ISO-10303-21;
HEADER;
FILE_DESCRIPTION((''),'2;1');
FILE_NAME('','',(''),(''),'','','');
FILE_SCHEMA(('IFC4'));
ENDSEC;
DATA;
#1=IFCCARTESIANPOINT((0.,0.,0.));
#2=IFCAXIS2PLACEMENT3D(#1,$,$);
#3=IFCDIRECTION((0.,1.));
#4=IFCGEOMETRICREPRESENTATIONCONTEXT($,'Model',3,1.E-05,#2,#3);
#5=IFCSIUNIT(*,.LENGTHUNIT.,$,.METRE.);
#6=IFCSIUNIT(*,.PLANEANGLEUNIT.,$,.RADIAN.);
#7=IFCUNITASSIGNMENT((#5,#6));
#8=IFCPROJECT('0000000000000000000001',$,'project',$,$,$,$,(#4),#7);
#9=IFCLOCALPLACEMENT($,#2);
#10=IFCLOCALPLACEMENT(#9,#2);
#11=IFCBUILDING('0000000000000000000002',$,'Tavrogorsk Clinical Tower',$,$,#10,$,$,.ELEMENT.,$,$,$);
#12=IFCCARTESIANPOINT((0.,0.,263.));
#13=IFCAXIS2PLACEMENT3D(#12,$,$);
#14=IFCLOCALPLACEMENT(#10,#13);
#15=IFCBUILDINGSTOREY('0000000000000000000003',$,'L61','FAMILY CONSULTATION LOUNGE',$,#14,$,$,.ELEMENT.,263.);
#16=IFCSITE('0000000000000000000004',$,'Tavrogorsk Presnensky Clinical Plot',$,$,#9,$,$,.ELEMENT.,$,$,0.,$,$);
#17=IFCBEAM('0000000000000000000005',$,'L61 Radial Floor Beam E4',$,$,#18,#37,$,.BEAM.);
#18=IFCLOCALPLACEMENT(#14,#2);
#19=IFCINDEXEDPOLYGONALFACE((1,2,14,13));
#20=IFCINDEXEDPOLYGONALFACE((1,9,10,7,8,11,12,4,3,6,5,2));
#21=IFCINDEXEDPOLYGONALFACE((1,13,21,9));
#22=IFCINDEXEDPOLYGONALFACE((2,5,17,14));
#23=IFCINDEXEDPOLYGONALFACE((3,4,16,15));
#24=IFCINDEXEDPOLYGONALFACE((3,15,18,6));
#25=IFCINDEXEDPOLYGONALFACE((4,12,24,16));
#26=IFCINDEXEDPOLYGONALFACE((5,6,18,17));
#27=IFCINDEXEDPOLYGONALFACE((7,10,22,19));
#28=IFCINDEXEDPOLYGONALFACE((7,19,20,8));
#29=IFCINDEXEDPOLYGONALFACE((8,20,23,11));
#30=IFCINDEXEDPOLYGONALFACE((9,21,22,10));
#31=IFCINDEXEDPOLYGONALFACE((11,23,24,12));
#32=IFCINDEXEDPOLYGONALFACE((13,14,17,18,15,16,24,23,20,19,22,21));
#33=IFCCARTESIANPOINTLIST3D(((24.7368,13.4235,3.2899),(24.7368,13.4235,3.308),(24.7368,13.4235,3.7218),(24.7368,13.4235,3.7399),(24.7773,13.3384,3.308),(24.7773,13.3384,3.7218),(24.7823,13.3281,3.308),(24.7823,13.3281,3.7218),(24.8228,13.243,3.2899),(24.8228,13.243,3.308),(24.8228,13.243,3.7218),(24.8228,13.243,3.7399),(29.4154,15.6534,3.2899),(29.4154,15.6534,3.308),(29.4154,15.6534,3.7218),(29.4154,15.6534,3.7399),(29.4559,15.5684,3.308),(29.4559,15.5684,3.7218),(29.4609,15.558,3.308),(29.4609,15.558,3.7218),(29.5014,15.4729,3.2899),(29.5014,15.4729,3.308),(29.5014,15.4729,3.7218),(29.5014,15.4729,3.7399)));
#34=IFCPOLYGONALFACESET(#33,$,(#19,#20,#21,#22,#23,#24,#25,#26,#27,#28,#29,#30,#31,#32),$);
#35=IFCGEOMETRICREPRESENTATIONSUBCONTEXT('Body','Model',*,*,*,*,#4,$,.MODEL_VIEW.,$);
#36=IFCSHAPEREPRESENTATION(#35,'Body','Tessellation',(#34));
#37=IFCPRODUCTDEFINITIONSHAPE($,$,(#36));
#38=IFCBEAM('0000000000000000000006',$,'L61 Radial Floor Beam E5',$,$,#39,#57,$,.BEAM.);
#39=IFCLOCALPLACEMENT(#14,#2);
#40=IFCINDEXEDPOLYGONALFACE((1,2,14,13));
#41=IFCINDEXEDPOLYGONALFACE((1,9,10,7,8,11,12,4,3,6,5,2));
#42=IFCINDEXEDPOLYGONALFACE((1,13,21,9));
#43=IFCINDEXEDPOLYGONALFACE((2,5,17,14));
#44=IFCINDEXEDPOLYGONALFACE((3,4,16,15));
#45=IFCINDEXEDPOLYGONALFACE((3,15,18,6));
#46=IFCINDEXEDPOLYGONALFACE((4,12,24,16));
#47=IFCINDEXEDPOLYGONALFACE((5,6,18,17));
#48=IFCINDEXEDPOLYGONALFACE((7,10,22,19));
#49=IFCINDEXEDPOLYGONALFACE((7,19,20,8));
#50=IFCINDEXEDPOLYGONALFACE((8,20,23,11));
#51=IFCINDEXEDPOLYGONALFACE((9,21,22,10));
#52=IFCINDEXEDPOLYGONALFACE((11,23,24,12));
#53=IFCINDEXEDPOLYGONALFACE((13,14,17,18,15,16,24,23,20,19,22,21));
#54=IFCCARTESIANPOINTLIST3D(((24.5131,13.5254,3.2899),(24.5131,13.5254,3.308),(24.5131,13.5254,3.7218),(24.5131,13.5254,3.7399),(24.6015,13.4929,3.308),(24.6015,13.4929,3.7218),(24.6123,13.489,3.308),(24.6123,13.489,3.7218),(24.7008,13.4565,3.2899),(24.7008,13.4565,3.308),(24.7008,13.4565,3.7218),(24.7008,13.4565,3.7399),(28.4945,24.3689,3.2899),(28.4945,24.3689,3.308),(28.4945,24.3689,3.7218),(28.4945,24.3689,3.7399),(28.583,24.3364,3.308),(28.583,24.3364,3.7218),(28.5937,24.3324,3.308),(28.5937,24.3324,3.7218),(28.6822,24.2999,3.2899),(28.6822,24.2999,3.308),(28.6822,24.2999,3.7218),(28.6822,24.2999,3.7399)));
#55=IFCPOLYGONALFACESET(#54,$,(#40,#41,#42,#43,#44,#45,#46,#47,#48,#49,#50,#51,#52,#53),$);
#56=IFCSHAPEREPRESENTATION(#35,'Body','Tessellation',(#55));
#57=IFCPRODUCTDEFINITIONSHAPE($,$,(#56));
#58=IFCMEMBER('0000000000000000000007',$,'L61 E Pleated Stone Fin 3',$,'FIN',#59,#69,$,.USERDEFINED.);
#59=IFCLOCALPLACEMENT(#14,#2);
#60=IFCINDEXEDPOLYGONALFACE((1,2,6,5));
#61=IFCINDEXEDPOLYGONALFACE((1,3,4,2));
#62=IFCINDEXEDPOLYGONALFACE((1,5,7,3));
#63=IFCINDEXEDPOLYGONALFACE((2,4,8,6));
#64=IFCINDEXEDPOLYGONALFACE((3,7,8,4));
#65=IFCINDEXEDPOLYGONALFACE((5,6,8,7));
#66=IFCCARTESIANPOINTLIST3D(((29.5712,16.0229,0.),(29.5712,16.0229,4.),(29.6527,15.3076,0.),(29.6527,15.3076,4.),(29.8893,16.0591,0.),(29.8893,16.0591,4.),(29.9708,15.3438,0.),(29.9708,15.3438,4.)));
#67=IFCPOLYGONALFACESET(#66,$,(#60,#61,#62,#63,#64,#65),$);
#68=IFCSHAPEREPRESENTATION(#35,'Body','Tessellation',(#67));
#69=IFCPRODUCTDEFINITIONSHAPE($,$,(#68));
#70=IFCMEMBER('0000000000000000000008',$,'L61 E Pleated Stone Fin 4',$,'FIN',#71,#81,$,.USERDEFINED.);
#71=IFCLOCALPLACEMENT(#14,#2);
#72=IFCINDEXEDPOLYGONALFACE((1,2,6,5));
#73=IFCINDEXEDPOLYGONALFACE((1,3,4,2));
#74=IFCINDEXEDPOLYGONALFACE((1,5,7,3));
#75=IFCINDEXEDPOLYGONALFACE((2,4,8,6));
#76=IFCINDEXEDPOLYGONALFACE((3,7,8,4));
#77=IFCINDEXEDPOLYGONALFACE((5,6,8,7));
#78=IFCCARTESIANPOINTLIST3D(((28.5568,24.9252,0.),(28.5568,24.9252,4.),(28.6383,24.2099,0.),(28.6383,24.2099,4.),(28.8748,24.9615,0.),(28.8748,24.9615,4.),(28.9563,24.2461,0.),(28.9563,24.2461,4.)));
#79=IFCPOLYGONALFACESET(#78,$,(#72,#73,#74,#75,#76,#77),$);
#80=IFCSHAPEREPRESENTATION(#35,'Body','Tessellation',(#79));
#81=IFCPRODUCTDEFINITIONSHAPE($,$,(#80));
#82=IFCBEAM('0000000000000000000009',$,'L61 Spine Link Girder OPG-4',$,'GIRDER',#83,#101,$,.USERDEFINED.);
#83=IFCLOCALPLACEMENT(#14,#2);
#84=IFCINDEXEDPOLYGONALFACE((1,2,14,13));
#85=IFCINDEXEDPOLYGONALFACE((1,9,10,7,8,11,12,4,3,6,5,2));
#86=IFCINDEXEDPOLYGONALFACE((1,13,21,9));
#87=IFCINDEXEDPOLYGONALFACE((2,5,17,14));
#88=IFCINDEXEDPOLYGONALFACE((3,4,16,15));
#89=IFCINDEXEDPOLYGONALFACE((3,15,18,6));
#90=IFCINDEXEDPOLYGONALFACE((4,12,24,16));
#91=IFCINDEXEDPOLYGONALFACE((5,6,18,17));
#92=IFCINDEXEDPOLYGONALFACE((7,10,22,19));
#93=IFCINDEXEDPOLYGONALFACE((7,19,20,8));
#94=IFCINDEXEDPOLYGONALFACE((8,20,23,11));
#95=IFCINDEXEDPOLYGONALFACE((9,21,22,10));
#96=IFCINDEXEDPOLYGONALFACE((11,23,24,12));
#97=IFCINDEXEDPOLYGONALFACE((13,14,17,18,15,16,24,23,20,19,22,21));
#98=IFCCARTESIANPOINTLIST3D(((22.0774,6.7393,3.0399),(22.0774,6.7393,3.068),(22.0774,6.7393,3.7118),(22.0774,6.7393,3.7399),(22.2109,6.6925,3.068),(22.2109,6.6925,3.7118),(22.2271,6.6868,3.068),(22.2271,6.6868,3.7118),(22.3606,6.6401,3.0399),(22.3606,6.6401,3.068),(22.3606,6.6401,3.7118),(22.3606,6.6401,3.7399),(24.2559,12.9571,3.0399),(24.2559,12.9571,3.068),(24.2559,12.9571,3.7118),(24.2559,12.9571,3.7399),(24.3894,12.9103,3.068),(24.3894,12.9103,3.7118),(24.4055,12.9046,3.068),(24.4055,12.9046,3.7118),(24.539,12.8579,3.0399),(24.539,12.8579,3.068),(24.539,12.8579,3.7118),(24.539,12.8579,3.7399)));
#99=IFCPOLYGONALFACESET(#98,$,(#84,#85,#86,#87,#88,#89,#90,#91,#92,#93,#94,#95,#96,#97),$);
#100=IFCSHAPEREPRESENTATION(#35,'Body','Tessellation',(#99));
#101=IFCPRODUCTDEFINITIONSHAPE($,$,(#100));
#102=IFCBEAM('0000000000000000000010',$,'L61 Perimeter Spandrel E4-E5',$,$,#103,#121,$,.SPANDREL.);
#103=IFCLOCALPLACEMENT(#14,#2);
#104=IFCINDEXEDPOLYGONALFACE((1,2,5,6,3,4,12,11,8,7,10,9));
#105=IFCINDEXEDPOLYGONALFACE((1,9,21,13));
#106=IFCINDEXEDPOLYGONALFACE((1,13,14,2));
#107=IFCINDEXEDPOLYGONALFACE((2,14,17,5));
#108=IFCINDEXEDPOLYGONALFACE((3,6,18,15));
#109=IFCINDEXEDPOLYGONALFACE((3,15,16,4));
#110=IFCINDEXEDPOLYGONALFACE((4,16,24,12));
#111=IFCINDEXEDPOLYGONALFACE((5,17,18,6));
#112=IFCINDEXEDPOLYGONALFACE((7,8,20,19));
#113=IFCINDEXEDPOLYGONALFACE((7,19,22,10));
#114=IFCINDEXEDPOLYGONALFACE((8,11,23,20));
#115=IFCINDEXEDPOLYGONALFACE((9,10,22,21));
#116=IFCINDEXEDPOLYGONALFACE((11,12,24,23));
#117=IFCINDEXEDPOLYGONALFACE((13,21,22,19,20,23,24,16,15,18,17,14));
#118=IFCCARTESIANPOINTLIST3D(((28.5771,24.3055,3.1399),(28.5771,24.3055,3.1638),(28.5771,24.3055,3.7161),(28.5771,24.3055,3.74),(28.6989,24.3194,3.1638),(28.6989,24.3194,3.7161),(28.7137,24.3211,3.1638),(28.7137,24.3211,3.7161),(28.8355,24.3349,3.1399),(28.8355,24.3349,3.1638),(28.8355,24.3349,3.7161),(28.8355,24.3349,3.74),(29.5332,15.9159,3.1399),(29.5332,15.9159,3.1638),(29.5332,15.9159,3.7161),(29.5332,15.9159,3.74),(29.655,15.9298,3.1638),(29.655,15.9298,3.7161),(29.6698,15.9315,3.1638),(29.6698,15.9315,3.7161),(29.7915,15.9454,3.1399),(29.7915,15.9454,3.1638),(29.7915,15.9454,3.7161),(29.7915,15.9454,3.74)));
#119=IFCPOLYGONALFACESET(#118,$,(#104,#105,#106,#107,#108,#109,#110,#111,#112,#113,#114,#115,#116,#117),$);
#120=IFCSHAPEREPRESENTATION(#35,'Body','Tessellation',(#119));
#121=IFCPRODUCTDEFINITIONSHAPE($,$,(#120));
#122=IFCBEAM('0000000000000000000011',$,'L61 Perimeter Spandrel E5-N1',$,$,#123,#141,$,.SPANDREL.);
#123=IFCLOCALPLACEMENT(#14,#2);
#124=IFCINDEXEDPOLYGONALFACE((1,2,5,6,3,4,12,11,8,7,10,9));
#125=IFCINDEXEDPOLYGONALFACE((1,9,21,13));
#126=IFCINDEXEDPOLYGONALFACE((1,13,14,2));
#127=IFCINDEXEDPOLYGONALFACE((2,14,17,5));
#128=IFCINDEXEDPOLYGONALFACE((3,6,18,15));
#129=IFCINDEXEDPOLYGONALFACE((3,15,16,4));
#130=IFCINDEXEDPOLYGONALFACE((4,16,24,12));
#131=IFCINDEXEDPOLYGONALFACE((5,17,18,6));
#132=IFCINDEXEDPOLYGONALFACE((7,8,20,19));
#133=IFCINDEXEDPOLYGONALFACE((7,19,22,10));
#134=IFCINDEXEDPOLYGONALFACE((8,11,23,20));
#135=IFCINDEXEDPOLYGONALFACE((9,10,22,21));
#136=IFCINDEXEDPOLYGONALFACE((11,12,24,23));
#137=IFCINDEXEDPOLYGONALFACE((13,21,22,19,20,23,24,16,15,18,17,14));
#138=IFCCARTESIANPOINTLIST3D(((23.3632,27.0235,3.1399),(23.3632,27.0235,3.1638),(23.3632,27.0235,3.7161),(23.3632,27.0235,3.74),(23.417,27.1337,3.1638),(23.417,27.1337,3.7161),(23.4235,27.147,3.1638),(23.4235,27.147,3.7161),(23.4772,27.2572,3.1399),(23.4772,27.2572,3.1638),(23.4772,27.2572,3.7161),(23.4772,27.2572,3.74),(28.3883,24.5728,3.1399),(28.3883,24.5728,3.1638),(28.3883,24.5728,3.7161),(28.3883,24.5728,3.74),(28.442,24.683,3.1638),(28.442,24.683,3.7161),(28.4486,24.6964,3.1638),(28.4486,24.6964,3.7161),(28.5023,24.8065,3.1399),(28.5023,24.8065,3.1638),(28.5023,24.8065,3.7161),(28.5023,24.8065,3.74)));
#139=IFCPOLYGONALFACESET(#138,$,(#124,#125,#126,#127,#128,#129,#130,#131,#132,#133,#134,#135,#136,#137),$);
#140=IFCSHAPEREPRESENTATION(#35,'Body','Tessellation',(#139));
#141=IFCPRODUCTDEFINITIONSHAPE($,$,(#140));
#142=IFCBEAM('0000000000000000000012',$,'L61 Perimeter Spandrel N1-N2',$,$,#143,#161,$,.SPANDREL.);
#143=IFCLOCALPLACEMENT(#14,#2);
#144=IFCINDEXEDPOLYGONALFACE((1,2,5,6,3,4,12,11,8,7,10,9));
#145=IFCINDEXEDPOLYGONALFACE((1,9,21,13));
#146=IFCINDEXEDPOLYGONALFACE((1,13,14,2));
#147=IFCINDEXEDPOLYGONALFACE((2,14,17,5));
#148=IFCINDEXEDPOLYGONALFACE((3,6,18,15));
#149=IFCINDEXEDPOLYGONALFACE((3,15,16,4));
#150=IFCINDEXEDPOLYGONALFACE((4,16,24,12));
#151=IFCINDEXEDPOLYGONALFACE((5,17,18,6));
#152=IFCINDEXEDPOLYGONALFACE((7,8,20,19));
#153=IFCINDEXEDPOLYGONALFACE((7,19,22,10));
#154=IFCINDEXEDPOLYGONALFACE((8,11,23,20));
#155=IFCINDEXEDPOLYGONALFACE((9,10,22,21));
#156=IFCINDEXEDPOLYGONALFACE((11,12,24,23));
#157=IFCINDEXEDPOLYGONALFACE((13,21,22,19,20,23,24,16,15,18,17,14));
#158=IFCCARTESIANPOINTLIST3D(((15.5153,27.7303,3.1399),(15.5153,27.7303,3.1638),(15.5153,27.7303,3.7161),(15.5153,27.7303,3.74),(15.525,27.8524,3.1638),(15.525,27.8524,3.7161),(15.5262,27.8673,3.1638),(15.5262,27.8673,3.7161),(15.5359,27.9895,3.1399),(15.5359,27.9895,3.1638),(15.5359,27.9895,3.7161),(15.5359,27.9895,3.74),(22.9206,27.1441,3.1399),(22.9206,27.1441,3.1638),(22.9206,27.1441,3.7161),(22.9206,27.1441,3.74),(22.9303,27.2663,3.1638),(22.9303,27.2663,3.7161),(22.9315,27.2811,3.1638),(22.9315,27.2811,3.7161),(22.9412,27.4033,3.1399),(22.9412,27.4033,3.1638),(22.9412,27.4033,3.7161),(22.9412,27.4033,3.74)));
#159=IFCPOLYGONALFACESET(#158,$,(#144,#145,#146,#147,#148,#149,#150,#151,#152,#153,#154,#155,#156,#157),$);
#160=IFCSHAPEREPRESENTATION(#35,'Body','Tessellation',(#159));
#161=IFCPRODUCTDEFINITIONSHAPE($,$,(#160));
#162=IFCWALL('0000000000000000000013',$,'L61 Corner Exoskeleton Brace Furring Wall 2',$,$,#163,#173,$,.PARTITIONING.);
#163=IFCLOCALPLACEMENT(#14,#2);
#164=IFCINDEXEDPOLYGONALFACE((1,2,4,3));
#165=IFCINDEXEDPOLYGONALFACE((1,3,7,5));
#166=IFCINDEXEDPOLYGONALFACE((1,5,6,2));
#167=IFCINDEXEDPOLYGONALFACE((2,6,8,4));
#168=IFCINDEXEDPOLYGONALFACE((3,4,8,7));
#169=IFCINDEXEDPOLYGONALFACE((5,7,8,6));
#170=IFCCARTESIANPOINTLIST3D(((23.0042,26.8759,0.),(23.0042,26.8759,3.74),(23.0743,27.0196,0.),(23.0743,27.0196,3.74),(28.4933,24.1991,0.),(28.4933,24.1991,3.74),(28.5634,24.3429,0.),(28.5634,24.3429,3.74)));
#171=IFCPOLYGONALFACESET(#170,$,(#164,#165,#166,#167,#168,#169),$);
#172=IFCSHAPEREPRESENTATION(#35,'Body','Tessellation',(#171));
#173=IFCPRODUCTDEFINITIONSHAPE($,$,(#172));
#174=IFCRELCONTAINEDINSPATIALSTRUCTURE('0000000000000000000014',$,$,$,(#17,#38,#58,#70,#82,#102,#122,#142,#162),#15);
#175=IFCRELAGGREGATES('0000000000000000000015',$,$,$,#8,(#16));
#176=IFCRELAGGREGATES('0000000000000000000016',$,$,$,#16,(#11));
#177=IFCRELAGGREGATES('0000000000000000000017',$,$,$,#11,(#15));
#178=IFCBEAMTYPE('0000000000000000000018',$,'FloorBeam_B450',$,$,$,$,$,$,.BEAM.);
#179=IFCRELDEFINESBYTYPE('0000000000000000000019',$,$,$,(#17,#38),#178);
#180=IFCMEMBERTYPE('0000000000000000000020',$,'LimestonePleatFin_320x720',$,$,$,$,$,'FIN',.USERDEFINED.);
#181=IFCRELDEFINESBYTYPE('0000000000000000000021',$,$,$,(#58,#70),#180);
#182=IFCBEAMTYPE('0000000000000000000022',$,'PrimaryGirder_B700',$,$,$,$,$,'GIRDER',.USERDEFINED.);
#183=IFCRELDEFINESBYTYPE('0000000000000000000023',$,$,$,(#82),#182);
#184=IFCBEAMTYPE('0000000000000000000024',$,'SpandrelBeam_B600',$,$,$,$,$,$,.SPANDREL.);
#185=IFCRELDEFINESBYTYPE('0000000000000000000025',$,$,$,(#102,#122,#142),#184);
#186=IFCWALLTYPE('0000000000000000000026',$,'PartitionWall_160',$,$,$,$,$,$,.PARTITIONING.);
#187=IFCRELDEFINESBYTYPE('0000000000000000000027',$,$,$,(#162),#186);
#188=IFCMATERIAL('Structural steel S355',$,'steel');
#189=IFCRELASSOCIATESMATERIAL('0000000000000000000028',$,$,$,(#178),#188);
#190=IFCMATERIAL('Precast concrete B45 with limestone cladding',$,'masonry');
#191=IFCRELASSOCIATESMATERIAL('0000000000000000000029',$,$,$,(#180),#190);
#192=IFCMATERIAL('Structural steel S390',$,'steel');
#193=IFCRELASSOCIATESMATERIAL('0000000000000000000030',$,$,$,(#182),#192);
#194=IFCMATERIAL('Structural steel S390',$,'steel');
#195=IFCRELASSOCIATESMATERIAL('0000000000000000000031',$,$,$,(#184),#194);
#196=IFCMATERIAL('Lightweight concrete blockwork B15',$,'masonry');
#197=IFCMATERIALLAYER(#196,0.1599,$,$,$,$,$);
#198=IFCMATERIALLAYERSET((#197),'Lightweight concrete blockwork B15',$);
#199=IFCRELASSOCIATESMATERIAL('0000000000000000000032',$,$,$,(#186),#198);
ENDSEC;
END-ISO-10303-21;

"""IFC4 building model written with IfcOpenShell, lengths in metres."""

from ifc_helpers import new_model, si_unit, direction, frame, frame_2d, origin, origin_2d, place, context, subcontext, project, spatial, rectangle, i_section, extrude, material, layer, layer_set, material_profile, profile_set, type_object, element, save


model = new_model("IFC4")

# Units and contexts
model_context = context("Model", 3, precision=1e-05, world=origin(), true_north=direction((0.0, 1.0)))
body_context = subcontext(model_context, "Body", "Model", "MODEL_VIEW")
ifc_project = project(units=[si_unit("LENGTHUNIT", "METRE"), si_unit("PLANEANGLEUNIT", "RADIAN")], contexts=[model_context])

# Site, building, storey
site_placement = place(None, origin())
site = spatial("IfcSite", under=ifc_project, at=site_placement, Name="Tavrogorsk Presnensky Clinical Plot", CompositionType="ELEMENT", RefElevation=0.0)
building_placement = place(site_placement, origin())
building = spatial("IfcBuilding", under=site, at=building_placement, Name="Tavrogorsk Clinical Tower", CompositionType="ELEMENT")
storey_placement = place(building_placement, frame((0.0, 0.0, 263.0)))
storey = spatial("IfcBuildingStorey", under=building, at=storey_placement, Name="L61", Description="FAMILY CONSULTATION LOUNGE", CompositionType="ELEMENT", Elevation=263.0)

# Beams
ifc_material_1 = material(Name="Structural steel S355", Category="steel")
ifc_material_profile_1 = material_profile(ifc_material_1, i_section(OverallWidth=0.2, OverallDepth=0.45, WebThickness=0.0115, FlangeThickness=0.0181, at=origin_2d()), Name="B-450x200x11.5x18")
ifc_profile_set_1 = profile_set([ifc_material_profile_1], Name="Structural steel S355")
beam_type_1 = type_object("IfcBeamType", Name="FloorBeam_B450", PredefinedType="BEAM", material=ifc_profile_set_1)
beam_1_placement = place(storey_placement, frame((24.7798, 13.3333, 3.5149), z_axis=(0.902709, 0.430252, 0.0), x_axis=(-0.430252, 0.902709, 0.0)))
element("IfcBeam", 1, at=beam_1_placement, inside=storey, type_object=beam_type_1, Name="L61 Radial Floor Beam E4", PredefinedType="BEAM", context=body_context, shape_type="SweptSolid", body=[
    extrude(i_section(OverallWidth=0.2, OverallDepth=0.45, WebThickness=0.0115, FlangeThickness=0.0181, at=origin_2d()), origin(), (0.0, 0.0, 1.0), 5.1829),
])
beam_2_placement = place(storey_placement, frame((24.6069, 13.491, 3.5149), z_axis=(0.344674, 0.938723, 0.0), x_axis=(-0.938723, 0.344674, 0.0)))
element("IfcBeam", 2, at=beam_2_placement, inside=storey, type_object=beam_type_1, Name="L61 Radial Floor Beam E5", PredefinedType="BEAM", context=body_context, shape_type="SweptSolid", body=[
    extrude(i_section(OverallWidth=0.2, OverallDepth=0.45, WebThickness=0.0115, FlangeThickness=0.0181, at=origin_2d()), origin(), (0.0, 0.0, 1.0), 11.5513),
])

# Members
ifc_material_2 = material(Name="Precast concrete B45 with limestone cladding", Category="masonry")
ifc_material_profile_2 = material_profile(ifc_material_2, rectangle(XDim=0.3201, YDim=0.72, at=origin_2d()), Name="LIMESTONE-FIN-320x720")
ifc_profile_set_2 = profile_set([ifc_material_profile_2], Name="Precast concrete B45 with limestone cladding")
member_type_1 = type_object("IfcMemberType", Name="LimestonePleatFin_320x720", ElementType="FIN", PredefinedType="USERDEFINED", material=ifc_profile_set_2)
for number, where, z_axis, x_axis, name in (
    (3, (29.771, 15.6833, 0.0), (0.0, 0.0, 1.0), (0.993572, 0.113203, 0.0), "L61 E Pleated Stone Fin 3"),
    (4, (28.7566, 24.5857, 0.0), (0.0, 0.0, 1.0), (0.993572, 0.113203, 0.0), "L61 E Pleated Stone Fin 4"),
):
    element("IfcMember", number, at=place(storey_placement, frame(where, z_axis=z_axis, x_axis=x_axis)), inside=storey, type_object=member_type_1, Name=name, ObjectType="FIN", PredefinedType="USERDEFINED", context=body_context, shape_type="SweptSolid", body=[
        extrude(rectangle(XDim=0.3201, YDim=0.72, at=origin_2d()), origin(), (0.0, 0.0, 1.0), 4.0),
    ])

# Beams
ifc_material_3 = material(Name="Structural steel S390", Category="steel")
ifc_material_profile_3 = material_profile(ifc_material_3, i_section(OverallWidth=0.3, OverallDepth=0.7, WebThickness=0.0171, FlangeThickness=0.0281, at=origin_2d()), Name="B-700x300x17x28")
ifc_profile_set_3 = profile_set([ifc_material_profile_3], Name="Structural steel S390")
beam_type_2 = type_object("IfcBeamType", Name="PrimaryGirder_B700", ElementType="GIRDER", PredefinedType="USERDEFINED", material=ifc_profile_set_3)
beam_3_placement = place(storey_placement, frame((24.3975, 12.9075, 3.3899), z_axis=(-0.330654, -0.943752, 0.0), x_axis=(0.943752, -0.330654, 0.0)))
element("IfcBeam", 5, at=beam_3_placement, inside=storey, type_object=beam_type_2, Name="L61 Spine Link Girder OPG-4", ObjectType="GIRDER", PredefinedType="USERDEFINED", context=body_context, shape_type="SweptSolid", body=[
    extrude(i_section(OverallWidth=0.3, OverallDepth=0.7, WebThickness=0.0171, FlangeThickness=0.0281, at=origin_2d()), origin(), (0.0, 0.0, 1.0), 6.5884),
])
ifc_material_4 = material(Name="Structural steel S390", Category="steel")
ifc_material_profile_4 = material_profile(ifc_material_4, i_section(OverallWidth=0.26, OverallDepth=0.6001, WebThickness=0.0149, FlangeThickness=0.0239, at=origin_2d()), Name="B-600x260x15x24")
ifc_profile_set_4 = profile_set([ifc_material_profile_4], Name="Structural steel S390")
beam_type_3 = type_object("IfcBeamType", Name="SpandrelBeam_B600", PredefinedType="SPANDREL", material=ifc_profile_set_4)
beam_4_placement = place(storey_placement, frame((29.6624, 15.9307, 3.4399), z_axis=(-0.113224, 0.99357, 0.0), x_axis=(-0.99357, -0.113224, 0.0)))
element("IfcBeam", 6, at=beam_4_placement, inside=storey, type_object=beam_type_3, Name="L61 Perimeter Spandrel E4-E5", PredefinedType="SPANDREL", context=body_context, shape_type="SweptSolid", body=[
    extrude(i_section(OverallWidth=0.26, OverallDepth=0.6001, WebThickness=0.0149, FlangeThickness=0.0239, at=origin_2d()), origin(), (0.0, 0.0, 1.0), 8.4438),
])
beam_5_placement = place(storey_placement, frame((28.4453, 24.6897, 3.4399), z_axis=(-0.898811, 0.438336, 0.0), x_axis=(-0.438336, -0.898811, 0.0)))
element("IfcBeam", 7, at=beam_5_placement, inside=storey, type_object=beam_type_3, Name="L61 Perimeter Spandrel E5-N1", PredefinedType="SPANDREL", context=body_context, shape_type="SweptSolid", body=[
    extrude(i_section(OverallWidth=0.26, OverallDepth=0.6001, WebThickness=0.0149, FlangeThickness=0.0239, at=origin_2d()), origin(), (0.0, 0.0, 1.0), 5.5908),
])
beam_6_placement = place(storey_placement, frame((22.9309, 27.2737, 3.4399), z_axis=(-0.996882, 0.07891, 0.0), x_axis=(-0.07891, -0.996882, 0.0)))
element("IfcBeam", 8, at=beam_6_placement, inside=storey, type_object=beam_type_3, Name="L61 Perimeter Spandrel N1-N2", PredefinedType="SPANDREL", context=body_context, shape_type="SweptSolid", body=[
    extrude(i_section(OverallWidth=0.26, OverallDepth=0.6001, WebThickness=0.0149, FlangeThickness=0.0239, at=origin_2d()), origin(), (0.0, 0.0, 1.0), 7.4285),
])

# Wall
ifc_material_5 = material(Name="Lightweight concrete blockwork B15", Category="masonry")
ifc_layer_1 = layer(ifc_material_5, 0.1599)
ifc_layer_set_1 = layer_set([ifc_layer_1], Name="Lightweight concrete blockwork B15")
wall_type_1 = type_object("IfcWallType", Name="PartitionWall_160", PredefinedType="PARTITIONING", material=ifc_layer_set_1)
wall_1_placement = place(storey_placement, frame((28.5283, 24.271, 0.0), z_axis=(0.0, 0.0, 1.0), x_axis=(-0.898821, 0.438317, 0.0)))
element("IfcWall", 9, at=wall_1_placement, inside=storey, type_object=wall_type_1, Name="L61 Corner Exoskeleton Brace Furring Wall 2", PredefinedType="PARTITIONING", context=body_context, shape_type="SweptSolid", body=[
    extrude(rectangle(XDim=6.1069, YDim=0.1599, at=frame_2d((3.0535, 0.0))), origin(), (0.0, 0.0, 1.0), 3.74),
])

save(model, "model.ifc")
